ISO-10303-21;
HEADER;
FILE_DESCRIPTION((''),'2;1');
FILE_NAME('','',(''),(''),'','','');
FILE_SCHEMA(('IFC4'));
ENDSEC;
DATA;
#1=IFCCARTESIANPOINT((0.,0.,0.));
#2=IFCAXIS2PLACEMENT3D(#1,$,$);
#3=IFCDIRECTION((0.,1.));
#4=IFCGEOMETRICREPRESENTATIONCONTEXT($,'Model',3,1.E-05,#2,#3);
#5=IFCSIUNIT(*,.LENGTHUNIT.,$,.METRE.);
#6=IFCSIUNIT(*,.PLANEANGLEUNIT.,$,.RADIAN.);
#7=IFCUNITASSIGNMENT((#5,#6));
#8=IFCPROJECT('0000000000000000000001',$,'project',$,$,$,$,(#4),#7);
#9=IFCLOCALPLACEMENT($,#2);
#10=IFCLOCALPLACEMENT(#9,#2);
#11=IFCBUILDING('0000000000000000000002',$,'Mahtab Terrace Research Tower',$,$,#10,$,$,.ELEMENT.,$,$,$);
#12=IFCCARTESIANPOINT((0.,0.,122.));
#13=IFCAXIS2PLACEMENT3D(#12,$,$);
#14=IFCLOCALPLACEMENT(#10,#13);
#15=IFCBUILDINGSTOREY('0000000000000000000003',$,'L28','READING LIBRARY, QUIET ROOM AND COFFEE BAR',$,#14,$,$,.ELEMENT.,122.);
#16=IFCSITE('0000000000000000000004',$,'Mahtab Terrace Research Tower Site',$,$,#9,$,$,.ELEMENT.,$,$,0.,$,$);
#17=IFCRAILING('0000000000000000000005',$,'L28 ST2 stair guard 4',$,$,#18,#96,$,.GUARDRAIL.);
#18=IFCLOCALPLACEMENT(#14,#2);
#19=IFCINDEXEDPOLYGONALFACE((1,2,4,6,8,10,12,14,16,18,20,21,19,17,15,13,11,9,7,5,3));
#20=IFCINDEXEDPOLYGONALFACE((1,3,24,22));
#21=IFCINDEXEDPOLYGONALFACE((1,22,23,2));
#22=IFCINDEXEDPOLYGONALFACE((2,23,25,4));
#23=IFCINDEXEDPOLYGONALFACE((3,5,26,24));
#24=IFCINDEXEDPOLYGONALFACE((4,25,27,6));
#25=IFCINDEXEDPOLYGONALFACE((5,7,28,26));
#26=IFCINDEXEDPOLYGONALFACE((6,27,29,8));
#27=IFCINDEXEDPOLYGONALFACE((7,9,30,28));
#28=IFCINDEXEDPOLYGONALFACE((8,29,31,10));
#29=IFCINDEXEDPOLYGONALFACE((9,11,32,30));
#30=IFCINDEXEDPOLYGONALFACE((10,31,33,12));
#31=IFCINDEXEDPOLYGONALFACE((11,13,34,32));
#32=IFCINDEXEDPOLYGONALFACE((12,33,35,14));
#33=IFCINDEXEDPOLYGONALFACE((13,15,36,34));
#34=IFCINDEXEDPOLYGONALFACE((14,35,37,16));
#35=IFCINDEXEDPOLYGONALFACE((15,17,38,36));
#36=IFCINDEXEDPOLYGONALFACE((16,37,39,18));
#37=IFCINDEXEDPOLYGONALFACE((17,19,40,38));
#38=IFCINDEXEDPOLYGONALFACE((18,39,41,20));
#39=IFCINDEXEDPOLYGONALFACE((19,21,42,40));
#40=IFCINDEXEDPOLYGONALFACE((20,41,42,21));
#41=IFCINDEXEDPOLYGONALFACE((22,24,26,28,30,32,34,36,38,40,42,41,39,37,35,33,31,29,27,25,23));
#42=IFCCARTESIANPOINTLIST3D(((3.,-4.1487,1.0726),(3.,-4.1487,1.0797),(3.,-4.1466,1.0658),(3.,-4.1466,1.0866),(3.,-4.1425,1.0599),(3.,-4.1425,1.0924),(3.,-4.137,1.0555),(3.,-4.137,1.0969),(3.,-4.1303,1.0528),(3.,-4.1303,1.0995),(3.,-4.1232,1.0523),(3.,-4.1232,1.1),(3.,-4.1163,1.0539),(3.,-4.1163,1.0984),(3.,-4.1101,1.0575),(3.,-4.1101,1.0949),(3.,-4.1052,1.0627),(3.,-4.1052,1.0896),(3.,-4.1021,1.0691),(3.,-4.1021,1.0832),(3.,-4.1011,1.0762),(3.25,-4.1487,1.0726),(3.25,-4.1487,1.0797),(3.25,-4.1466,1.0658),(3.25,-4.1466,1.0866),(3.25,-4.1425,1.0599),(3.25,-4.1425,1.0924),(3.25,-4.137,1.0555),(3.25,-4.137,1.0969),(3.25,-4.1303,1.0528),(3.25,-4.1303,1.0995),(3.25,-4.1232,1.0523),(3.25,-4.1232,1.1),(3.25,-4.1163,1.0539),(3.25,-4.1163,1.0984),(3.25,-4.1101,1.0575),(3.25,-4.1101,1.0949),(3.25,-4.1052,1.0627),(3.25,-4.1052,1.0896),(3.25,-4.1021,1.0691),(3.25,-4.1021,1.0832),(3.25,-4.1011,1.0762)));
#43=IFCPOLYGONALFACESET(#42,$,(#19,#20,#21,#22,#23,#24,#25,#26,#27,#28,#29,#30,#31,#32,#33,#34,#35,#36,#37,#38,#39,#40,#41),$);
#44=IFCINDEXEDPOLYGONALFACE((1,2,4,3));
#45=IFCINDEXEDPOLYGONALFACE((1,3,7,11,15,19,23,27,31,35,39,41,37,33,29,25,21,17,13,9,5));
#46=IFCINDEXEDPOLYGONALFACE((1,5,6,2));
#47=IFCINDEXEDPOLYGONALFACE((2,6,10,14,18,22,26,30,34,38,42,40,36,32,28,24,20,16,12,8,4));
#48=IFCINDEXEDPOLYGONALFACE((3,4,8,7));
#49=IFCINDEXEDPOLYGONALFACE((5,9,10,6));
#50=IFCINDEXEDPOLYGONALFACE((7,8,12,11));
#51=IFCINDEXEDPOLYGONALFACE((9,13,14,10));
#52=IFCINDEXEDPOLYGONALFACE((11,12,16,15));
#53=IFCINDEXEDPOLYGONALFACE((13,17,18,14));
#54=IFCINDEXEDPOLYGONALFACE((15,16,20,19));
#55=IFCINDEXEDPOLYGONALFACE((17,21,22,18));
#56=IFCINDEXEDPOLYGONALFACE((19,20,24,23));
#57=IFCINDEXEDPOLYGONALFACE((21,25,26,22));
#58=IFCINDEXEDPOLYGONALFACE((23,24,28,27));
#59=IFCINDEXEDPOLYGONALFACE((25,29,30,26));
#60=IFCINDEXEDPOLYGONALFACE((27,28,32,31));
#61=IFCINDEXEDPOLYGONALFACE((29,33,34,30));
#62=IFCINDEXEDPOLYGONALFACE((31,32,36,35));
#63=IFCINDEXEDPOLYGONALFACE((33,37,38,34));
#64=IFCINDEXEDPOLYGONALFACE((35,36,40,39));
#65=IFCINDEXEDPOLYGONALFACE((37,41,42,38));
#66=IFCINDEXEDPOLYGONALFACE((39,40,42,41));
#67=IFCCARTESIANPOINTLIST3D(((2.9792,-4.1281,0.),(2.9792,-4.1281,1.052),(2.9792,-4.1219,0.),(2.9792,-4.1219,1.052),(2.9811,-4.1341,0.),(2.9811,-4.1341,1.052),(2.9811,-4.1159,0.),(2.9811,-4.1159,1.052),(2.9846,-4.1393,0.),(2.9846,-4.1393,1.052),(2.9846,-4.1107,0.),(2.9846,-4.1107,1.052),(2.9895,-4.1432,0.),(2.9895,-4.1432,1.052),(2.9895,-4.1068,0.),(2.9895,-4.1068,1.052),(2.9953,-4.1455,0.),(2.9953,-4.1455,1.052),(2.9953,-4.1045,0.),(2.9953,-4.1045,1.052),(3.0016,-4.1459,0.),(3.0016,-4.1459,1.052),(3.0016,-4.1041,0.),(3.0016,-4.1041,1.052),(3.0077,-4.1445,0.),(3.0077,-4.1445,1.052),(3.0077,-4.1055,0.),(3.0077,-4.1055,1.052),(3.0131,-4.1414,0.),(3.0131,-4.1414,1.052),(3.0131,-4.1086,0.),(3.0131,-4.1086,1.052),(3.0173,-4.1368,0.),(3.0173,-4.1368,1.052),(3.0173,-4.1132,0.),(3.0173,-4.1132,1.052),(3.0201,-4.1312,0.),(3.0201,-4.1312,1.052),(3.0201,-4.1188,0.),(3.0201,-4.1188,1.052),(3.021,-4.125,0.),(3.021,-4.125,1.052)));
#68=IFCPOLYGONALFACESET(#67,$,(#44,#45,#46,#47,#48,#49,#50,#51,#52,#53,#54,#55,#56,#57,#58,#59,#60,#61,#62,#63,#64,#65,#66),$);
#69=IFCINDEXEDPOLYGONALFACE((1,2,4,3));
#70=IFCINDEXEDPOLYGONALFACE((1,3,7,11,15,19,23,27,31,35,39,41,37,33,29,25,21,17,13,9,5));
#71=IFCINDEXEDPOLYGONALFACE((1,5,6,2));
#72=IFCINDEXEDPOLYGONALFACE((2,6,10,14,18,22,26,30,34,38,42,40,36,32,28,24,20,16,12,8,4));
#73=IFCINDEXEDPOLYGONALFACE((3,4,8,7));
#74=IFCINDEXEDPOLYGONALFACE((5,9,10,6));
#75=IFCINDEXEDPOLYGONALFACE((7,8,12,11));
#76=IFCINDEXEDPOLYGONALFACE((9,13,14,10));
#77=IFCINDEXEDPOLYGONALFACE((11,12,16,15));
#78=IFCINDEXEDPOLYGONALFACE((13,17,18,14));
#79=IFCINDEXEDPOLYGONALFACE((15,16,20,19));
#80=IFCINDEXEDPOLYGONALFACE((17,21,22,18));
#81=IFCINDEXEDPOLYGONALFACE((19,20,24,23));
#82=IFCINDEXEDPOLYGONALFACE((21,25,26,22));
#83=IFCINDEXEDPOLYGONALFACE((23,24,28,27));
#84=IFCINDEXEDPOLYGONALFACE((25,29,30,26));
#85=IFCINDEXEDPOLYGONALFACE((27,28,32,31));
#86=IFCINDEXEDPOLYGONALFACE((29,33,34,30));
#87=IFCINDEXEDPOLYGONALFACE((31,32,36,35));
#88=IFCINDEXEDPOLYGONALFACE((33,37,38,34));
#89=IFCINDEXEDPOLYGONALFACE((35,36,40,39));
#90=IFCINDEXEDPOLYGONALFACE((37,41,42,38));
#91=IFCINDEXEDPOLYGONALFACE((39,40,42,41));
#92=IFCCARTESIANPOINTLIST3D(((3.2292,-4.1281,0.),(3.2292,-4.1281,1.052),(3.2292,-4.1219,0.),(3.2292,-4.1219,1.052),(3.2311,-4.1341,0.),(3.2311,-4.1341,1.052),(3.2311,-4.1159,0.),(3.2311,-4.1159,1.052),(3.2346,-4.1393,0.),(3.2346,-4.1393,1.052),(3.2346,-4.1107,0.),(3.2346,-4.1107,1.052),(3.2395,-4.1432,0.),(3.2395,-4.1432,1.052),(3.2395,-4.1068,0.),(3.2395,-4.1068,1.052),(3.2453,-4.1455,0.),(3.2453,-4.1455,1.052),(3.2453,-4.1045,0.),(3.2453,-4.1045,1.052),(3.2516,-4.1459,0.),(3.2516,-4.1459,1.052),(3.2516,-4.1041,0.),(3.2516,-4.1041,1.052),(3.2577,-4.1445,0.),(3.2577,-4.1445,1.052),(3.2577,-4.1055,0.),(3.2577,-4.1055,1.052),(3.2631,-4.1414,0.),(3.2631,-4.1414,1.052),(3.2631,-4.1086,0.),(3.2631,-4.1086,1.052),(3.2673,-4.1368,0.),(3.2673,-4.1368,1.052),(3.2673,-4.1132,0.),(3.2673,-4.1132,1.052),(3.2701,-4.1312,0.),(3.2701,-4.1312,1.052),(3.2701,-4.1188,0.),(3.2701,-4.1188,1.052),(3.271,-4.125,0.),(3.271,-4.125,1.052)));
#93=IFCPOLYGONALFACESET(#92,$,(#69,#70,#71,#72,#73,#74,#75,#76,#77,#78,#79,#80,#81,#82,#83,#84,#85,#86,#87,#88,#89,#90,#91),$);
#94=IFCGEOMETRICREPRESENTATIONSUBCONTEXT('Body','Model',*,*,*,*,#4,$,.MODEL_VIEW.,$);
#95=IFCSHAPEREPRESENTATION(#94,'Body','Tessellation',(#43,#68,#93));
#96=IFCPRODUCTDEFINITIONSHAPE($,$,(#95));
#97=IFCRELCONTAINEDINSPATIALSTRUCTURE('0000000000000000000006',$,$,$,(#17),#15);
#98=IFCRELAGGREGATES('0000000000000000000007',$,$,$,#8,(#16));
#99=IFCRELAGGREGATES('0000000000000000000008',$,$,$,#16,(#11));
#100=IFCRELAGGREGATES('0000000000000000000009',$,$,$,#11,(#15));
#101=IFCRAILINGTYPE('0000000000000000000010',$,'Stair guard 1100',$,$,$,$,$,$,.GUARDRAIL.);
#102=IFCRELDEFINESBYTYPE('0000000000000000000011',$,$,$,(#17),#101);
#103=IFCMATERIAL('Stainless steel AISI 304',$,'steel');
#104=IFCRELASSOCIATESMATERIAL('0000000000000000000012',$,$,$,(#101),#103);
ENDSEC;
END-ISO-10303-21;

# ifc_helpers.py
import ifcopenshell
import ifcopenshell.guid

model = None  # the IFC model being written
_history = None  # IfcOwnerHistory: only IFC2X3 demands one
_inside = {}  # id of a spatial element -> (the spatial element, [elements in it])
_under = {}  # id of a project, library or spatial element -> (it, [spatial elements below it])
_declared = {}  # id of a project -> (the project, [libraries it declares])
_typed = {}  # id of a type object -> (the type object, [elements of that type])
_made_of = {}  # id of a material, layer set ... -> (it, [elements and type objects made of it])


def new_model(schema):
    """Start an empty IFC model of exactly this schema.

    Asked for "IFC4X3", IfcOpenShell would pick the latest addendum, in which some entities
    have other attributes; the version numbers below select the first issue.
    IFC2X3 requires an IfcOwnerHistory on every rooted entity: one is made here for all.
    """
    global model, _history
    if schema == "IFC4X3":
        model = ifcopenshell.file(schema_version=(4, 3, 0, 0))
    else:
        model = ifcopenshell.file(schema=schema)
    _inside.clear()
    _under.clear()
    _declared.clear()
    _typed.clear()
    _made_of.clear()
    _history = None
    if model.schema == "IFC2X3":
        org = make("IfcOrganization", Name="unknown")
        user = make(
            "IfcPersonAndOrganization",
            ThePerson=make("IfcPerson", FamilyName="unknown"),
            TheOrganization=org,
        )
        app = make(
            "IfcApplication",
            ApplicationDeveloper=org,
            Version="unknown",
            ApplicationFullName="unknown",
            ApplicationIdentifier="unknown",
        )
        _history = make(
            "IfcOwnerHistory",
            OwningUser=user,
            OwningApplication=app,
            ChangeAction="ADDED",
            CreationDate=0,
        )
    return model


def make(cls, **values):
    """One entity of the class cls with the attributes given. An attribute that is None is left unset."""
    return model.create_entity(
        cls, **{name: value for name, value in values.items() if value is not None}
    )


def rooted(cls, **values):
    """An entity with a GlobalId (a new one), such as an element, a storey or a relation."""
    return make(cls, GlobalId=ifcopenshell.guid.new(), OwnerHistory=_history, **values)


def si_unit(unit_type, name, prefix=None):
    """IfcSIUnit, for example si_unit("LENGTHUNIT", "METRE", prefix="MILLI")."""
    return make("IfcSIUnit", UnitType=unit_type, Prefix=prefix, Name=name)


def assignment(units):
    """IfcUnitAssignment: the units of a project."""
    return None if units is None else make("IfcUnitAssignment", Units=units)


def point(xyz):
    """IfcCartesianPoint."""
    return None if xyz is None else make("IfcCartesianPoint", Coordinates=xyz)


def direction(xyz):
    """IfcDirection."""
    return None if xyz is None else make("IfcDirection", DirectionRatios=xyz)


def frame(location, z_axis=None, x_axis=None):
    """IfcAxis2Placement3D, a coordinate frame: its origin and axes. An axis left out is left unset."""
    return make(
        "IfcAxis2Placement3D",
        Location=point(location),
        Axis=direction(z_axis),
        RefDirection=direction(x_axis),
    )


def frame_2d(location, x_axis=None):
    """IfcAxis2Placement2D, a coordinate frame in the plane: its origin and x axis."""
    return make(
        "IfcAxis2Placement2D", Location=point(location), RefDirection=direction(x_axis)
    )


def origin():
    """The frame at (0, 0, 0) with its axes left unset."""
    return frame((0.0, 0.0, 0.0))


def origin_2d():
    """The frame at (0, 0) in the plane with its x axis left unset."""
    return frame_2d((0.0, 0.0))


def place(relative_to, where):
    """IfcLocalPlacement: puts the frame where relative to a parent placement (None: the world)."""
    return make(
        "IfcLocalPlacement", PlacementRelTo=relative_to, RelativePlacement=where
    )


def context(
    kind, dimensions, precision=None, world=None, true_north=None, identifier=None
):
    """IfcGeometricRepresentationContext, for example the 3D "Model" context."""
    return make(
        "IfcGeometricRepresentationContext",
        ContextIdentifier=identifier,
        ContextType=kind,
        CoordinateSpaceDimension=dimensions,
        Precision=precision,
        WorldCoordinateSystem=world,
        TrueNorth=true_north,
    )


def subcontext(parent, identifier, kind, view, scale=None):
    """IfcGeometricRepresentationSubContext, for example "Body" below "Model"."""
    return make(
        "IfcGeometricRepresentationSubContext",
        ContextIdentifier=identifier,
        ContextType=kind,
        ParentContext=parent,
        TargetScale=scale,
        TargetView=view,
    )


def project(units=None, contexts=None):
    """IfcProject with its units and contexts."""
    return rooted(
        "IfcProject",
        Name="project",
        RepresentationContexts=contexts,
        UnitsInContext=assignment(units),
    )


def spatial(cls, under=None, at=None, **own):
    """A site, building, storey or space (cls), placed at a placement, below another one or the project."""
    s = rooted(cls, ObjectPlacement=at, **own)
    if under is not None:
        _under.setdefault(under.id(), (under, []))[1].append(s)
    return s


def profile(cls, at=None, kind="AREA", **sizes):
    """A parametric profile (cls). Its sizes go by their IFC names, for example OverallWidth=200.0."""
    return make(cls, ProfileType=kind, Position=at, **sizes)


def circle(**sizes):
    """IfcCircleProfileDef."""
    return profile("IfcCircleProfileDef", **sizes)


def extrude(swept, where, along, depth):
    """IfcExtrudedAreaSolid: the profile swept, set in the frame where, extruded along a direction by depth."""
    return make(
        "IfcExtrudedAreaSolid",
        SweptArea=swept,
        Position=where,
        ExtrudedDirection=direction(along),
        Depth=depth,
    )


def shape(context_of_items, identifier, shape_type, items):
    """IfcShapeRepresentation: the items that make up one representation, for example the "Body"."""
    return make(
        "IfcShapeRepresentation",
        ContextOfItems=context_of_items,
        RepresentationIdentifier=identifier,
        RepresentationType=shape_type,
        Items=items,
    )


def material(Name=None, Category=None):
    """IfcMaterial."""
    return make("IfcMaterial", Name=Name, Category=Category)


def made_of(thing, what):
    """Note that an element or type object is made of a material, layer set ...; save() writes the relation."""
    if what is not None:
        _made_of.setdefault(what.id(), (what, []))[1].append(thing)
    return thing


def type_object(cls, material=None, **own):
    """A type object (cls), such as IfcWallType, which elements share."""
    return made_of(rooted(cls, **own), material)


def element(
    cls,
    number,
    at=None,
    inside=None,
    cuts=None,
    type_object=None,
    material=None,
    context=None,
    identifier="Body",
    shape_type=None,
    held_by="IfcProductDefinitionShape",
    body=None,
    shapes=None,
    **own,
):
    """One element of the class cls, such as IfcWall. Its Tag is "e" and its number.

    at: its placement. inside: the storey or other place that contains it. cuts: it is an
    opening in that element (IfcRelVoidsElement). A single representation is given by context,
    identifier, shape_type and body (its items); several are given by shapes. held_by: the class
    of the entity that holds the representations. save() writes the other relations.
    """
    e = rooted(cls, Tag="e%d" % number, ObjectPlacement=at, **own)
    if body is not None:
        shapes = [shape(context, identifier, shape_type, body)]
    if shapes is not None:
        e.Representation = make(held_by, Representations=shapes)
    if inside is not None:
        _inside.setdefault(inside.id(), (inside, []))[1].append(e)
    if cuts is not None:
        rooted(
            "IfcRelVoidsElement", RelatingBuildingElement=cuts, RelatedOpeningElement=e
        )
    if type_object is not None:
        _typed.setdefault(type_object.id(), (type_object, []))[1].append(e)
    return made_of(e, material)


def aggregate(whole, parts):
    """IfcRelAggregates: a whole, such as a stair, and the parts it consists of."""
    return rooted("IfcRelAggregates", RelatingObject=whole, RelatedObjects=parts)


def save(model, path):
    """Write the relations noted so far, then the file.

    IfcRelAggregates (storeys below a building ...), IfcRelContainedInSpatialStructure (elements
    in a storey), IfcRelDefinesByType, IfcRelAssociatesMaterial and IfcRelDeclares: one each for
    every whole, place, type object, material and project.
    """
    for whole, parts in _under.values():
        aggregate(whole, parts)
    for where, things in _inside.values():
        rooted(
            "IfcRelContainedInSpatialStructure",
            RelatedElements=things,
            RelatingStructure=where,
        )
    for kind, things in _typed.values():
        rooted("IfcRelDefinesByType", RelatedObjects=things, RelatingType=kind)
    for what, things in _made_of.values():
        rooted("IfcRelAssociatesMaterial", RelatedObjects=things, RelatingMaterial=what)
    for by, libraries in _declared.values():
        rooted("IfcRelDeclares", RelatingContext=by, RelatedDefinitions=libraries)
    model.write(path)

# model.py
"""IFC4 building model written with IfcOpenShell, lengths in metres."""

from ifc_helpers import new_model, si_unit, direction, frame, origin, origin_2d, place, context, subcontext, project, spatial, circle, extrude, material, type_object, element, save


model = new_model("IFC4")

# Units and contexts
model_context = context("Model", 3, precision=1e-05, world=origin(), true_north=direction((0.0, 1.0)))
body_context = subcontext(model_context, "Body", "Model", "MODEL_VIEW")
ifc_project = project(units=[si_unit("LENGTHUNIT", "METRE"), si_unit("PLANEANGLEUNIT", "RADIAN")], contexts=[model_context])

# Site, building, storey
site_placement = place(None, origin())
site = spatial("IfcSite", under=ifc_project, at=site_placement, Name="Mahtab Terrace Research Tower Site", CompositionType="ELEMENT", RefElevation=0.0)
building_placement = place(site_placement, origin())
building = spatial("IfcBuilding", under=site, at=building_placement, Name="Mahtab Terrace Research Tower", CompositionType="ELEMENT")
storey_placement = place(building_placement, frame((0.0, 0.0, 122.0)))
storey = spatial("IfcBuildingStorey", under=building, at=storey_placement, Name="L28", Description="READING LIBRARY, QUIET ROOM AND COFFEE BAR", CompositionType="ELEMENT", Elevation=122.0)

# Railing
ifc_material_1 = material(Name="Stainless steel AISI 304", Category="steel")
railing_type_1 = type_object("IfcRailingType", Name="Stair guard 1100", PredefinedType="GUARDRAIL", material=ifc_material_1)
railing_1_placement = place(storey_placement, frame((3.0, -4.125, 0.0)))
element("IfcRailing", 1, at=railing_1_placement, inside=storey, type_object=railing_type_1, Name="L28 ST2 stair guard 4", PredefinedType="GUARDRAIL", context=body_context, shape_type="SweptSolid", body=[
    extrude(circle(Radius=0.0239, at=origin_2d()), frame((0.0, 0.0, 1.0762), z_axis=(1.0, 0.0, 0.0), x_axis=(0.0, 1.0, 0.0)), (0.0, 0.0, 1.0), 0.25),
    extrude(circle(Radius=0.021, at=origin_2d()), origin(), (0.0, 0.0, 1.0), 1.052),
    extrude(circle(Radius=0.021, at=origin_2d()), frame((0.25, 0.0, 0.0)), (0.0, 0.0, 1.0), 1.052),
])

save(model, "model.ifc")
